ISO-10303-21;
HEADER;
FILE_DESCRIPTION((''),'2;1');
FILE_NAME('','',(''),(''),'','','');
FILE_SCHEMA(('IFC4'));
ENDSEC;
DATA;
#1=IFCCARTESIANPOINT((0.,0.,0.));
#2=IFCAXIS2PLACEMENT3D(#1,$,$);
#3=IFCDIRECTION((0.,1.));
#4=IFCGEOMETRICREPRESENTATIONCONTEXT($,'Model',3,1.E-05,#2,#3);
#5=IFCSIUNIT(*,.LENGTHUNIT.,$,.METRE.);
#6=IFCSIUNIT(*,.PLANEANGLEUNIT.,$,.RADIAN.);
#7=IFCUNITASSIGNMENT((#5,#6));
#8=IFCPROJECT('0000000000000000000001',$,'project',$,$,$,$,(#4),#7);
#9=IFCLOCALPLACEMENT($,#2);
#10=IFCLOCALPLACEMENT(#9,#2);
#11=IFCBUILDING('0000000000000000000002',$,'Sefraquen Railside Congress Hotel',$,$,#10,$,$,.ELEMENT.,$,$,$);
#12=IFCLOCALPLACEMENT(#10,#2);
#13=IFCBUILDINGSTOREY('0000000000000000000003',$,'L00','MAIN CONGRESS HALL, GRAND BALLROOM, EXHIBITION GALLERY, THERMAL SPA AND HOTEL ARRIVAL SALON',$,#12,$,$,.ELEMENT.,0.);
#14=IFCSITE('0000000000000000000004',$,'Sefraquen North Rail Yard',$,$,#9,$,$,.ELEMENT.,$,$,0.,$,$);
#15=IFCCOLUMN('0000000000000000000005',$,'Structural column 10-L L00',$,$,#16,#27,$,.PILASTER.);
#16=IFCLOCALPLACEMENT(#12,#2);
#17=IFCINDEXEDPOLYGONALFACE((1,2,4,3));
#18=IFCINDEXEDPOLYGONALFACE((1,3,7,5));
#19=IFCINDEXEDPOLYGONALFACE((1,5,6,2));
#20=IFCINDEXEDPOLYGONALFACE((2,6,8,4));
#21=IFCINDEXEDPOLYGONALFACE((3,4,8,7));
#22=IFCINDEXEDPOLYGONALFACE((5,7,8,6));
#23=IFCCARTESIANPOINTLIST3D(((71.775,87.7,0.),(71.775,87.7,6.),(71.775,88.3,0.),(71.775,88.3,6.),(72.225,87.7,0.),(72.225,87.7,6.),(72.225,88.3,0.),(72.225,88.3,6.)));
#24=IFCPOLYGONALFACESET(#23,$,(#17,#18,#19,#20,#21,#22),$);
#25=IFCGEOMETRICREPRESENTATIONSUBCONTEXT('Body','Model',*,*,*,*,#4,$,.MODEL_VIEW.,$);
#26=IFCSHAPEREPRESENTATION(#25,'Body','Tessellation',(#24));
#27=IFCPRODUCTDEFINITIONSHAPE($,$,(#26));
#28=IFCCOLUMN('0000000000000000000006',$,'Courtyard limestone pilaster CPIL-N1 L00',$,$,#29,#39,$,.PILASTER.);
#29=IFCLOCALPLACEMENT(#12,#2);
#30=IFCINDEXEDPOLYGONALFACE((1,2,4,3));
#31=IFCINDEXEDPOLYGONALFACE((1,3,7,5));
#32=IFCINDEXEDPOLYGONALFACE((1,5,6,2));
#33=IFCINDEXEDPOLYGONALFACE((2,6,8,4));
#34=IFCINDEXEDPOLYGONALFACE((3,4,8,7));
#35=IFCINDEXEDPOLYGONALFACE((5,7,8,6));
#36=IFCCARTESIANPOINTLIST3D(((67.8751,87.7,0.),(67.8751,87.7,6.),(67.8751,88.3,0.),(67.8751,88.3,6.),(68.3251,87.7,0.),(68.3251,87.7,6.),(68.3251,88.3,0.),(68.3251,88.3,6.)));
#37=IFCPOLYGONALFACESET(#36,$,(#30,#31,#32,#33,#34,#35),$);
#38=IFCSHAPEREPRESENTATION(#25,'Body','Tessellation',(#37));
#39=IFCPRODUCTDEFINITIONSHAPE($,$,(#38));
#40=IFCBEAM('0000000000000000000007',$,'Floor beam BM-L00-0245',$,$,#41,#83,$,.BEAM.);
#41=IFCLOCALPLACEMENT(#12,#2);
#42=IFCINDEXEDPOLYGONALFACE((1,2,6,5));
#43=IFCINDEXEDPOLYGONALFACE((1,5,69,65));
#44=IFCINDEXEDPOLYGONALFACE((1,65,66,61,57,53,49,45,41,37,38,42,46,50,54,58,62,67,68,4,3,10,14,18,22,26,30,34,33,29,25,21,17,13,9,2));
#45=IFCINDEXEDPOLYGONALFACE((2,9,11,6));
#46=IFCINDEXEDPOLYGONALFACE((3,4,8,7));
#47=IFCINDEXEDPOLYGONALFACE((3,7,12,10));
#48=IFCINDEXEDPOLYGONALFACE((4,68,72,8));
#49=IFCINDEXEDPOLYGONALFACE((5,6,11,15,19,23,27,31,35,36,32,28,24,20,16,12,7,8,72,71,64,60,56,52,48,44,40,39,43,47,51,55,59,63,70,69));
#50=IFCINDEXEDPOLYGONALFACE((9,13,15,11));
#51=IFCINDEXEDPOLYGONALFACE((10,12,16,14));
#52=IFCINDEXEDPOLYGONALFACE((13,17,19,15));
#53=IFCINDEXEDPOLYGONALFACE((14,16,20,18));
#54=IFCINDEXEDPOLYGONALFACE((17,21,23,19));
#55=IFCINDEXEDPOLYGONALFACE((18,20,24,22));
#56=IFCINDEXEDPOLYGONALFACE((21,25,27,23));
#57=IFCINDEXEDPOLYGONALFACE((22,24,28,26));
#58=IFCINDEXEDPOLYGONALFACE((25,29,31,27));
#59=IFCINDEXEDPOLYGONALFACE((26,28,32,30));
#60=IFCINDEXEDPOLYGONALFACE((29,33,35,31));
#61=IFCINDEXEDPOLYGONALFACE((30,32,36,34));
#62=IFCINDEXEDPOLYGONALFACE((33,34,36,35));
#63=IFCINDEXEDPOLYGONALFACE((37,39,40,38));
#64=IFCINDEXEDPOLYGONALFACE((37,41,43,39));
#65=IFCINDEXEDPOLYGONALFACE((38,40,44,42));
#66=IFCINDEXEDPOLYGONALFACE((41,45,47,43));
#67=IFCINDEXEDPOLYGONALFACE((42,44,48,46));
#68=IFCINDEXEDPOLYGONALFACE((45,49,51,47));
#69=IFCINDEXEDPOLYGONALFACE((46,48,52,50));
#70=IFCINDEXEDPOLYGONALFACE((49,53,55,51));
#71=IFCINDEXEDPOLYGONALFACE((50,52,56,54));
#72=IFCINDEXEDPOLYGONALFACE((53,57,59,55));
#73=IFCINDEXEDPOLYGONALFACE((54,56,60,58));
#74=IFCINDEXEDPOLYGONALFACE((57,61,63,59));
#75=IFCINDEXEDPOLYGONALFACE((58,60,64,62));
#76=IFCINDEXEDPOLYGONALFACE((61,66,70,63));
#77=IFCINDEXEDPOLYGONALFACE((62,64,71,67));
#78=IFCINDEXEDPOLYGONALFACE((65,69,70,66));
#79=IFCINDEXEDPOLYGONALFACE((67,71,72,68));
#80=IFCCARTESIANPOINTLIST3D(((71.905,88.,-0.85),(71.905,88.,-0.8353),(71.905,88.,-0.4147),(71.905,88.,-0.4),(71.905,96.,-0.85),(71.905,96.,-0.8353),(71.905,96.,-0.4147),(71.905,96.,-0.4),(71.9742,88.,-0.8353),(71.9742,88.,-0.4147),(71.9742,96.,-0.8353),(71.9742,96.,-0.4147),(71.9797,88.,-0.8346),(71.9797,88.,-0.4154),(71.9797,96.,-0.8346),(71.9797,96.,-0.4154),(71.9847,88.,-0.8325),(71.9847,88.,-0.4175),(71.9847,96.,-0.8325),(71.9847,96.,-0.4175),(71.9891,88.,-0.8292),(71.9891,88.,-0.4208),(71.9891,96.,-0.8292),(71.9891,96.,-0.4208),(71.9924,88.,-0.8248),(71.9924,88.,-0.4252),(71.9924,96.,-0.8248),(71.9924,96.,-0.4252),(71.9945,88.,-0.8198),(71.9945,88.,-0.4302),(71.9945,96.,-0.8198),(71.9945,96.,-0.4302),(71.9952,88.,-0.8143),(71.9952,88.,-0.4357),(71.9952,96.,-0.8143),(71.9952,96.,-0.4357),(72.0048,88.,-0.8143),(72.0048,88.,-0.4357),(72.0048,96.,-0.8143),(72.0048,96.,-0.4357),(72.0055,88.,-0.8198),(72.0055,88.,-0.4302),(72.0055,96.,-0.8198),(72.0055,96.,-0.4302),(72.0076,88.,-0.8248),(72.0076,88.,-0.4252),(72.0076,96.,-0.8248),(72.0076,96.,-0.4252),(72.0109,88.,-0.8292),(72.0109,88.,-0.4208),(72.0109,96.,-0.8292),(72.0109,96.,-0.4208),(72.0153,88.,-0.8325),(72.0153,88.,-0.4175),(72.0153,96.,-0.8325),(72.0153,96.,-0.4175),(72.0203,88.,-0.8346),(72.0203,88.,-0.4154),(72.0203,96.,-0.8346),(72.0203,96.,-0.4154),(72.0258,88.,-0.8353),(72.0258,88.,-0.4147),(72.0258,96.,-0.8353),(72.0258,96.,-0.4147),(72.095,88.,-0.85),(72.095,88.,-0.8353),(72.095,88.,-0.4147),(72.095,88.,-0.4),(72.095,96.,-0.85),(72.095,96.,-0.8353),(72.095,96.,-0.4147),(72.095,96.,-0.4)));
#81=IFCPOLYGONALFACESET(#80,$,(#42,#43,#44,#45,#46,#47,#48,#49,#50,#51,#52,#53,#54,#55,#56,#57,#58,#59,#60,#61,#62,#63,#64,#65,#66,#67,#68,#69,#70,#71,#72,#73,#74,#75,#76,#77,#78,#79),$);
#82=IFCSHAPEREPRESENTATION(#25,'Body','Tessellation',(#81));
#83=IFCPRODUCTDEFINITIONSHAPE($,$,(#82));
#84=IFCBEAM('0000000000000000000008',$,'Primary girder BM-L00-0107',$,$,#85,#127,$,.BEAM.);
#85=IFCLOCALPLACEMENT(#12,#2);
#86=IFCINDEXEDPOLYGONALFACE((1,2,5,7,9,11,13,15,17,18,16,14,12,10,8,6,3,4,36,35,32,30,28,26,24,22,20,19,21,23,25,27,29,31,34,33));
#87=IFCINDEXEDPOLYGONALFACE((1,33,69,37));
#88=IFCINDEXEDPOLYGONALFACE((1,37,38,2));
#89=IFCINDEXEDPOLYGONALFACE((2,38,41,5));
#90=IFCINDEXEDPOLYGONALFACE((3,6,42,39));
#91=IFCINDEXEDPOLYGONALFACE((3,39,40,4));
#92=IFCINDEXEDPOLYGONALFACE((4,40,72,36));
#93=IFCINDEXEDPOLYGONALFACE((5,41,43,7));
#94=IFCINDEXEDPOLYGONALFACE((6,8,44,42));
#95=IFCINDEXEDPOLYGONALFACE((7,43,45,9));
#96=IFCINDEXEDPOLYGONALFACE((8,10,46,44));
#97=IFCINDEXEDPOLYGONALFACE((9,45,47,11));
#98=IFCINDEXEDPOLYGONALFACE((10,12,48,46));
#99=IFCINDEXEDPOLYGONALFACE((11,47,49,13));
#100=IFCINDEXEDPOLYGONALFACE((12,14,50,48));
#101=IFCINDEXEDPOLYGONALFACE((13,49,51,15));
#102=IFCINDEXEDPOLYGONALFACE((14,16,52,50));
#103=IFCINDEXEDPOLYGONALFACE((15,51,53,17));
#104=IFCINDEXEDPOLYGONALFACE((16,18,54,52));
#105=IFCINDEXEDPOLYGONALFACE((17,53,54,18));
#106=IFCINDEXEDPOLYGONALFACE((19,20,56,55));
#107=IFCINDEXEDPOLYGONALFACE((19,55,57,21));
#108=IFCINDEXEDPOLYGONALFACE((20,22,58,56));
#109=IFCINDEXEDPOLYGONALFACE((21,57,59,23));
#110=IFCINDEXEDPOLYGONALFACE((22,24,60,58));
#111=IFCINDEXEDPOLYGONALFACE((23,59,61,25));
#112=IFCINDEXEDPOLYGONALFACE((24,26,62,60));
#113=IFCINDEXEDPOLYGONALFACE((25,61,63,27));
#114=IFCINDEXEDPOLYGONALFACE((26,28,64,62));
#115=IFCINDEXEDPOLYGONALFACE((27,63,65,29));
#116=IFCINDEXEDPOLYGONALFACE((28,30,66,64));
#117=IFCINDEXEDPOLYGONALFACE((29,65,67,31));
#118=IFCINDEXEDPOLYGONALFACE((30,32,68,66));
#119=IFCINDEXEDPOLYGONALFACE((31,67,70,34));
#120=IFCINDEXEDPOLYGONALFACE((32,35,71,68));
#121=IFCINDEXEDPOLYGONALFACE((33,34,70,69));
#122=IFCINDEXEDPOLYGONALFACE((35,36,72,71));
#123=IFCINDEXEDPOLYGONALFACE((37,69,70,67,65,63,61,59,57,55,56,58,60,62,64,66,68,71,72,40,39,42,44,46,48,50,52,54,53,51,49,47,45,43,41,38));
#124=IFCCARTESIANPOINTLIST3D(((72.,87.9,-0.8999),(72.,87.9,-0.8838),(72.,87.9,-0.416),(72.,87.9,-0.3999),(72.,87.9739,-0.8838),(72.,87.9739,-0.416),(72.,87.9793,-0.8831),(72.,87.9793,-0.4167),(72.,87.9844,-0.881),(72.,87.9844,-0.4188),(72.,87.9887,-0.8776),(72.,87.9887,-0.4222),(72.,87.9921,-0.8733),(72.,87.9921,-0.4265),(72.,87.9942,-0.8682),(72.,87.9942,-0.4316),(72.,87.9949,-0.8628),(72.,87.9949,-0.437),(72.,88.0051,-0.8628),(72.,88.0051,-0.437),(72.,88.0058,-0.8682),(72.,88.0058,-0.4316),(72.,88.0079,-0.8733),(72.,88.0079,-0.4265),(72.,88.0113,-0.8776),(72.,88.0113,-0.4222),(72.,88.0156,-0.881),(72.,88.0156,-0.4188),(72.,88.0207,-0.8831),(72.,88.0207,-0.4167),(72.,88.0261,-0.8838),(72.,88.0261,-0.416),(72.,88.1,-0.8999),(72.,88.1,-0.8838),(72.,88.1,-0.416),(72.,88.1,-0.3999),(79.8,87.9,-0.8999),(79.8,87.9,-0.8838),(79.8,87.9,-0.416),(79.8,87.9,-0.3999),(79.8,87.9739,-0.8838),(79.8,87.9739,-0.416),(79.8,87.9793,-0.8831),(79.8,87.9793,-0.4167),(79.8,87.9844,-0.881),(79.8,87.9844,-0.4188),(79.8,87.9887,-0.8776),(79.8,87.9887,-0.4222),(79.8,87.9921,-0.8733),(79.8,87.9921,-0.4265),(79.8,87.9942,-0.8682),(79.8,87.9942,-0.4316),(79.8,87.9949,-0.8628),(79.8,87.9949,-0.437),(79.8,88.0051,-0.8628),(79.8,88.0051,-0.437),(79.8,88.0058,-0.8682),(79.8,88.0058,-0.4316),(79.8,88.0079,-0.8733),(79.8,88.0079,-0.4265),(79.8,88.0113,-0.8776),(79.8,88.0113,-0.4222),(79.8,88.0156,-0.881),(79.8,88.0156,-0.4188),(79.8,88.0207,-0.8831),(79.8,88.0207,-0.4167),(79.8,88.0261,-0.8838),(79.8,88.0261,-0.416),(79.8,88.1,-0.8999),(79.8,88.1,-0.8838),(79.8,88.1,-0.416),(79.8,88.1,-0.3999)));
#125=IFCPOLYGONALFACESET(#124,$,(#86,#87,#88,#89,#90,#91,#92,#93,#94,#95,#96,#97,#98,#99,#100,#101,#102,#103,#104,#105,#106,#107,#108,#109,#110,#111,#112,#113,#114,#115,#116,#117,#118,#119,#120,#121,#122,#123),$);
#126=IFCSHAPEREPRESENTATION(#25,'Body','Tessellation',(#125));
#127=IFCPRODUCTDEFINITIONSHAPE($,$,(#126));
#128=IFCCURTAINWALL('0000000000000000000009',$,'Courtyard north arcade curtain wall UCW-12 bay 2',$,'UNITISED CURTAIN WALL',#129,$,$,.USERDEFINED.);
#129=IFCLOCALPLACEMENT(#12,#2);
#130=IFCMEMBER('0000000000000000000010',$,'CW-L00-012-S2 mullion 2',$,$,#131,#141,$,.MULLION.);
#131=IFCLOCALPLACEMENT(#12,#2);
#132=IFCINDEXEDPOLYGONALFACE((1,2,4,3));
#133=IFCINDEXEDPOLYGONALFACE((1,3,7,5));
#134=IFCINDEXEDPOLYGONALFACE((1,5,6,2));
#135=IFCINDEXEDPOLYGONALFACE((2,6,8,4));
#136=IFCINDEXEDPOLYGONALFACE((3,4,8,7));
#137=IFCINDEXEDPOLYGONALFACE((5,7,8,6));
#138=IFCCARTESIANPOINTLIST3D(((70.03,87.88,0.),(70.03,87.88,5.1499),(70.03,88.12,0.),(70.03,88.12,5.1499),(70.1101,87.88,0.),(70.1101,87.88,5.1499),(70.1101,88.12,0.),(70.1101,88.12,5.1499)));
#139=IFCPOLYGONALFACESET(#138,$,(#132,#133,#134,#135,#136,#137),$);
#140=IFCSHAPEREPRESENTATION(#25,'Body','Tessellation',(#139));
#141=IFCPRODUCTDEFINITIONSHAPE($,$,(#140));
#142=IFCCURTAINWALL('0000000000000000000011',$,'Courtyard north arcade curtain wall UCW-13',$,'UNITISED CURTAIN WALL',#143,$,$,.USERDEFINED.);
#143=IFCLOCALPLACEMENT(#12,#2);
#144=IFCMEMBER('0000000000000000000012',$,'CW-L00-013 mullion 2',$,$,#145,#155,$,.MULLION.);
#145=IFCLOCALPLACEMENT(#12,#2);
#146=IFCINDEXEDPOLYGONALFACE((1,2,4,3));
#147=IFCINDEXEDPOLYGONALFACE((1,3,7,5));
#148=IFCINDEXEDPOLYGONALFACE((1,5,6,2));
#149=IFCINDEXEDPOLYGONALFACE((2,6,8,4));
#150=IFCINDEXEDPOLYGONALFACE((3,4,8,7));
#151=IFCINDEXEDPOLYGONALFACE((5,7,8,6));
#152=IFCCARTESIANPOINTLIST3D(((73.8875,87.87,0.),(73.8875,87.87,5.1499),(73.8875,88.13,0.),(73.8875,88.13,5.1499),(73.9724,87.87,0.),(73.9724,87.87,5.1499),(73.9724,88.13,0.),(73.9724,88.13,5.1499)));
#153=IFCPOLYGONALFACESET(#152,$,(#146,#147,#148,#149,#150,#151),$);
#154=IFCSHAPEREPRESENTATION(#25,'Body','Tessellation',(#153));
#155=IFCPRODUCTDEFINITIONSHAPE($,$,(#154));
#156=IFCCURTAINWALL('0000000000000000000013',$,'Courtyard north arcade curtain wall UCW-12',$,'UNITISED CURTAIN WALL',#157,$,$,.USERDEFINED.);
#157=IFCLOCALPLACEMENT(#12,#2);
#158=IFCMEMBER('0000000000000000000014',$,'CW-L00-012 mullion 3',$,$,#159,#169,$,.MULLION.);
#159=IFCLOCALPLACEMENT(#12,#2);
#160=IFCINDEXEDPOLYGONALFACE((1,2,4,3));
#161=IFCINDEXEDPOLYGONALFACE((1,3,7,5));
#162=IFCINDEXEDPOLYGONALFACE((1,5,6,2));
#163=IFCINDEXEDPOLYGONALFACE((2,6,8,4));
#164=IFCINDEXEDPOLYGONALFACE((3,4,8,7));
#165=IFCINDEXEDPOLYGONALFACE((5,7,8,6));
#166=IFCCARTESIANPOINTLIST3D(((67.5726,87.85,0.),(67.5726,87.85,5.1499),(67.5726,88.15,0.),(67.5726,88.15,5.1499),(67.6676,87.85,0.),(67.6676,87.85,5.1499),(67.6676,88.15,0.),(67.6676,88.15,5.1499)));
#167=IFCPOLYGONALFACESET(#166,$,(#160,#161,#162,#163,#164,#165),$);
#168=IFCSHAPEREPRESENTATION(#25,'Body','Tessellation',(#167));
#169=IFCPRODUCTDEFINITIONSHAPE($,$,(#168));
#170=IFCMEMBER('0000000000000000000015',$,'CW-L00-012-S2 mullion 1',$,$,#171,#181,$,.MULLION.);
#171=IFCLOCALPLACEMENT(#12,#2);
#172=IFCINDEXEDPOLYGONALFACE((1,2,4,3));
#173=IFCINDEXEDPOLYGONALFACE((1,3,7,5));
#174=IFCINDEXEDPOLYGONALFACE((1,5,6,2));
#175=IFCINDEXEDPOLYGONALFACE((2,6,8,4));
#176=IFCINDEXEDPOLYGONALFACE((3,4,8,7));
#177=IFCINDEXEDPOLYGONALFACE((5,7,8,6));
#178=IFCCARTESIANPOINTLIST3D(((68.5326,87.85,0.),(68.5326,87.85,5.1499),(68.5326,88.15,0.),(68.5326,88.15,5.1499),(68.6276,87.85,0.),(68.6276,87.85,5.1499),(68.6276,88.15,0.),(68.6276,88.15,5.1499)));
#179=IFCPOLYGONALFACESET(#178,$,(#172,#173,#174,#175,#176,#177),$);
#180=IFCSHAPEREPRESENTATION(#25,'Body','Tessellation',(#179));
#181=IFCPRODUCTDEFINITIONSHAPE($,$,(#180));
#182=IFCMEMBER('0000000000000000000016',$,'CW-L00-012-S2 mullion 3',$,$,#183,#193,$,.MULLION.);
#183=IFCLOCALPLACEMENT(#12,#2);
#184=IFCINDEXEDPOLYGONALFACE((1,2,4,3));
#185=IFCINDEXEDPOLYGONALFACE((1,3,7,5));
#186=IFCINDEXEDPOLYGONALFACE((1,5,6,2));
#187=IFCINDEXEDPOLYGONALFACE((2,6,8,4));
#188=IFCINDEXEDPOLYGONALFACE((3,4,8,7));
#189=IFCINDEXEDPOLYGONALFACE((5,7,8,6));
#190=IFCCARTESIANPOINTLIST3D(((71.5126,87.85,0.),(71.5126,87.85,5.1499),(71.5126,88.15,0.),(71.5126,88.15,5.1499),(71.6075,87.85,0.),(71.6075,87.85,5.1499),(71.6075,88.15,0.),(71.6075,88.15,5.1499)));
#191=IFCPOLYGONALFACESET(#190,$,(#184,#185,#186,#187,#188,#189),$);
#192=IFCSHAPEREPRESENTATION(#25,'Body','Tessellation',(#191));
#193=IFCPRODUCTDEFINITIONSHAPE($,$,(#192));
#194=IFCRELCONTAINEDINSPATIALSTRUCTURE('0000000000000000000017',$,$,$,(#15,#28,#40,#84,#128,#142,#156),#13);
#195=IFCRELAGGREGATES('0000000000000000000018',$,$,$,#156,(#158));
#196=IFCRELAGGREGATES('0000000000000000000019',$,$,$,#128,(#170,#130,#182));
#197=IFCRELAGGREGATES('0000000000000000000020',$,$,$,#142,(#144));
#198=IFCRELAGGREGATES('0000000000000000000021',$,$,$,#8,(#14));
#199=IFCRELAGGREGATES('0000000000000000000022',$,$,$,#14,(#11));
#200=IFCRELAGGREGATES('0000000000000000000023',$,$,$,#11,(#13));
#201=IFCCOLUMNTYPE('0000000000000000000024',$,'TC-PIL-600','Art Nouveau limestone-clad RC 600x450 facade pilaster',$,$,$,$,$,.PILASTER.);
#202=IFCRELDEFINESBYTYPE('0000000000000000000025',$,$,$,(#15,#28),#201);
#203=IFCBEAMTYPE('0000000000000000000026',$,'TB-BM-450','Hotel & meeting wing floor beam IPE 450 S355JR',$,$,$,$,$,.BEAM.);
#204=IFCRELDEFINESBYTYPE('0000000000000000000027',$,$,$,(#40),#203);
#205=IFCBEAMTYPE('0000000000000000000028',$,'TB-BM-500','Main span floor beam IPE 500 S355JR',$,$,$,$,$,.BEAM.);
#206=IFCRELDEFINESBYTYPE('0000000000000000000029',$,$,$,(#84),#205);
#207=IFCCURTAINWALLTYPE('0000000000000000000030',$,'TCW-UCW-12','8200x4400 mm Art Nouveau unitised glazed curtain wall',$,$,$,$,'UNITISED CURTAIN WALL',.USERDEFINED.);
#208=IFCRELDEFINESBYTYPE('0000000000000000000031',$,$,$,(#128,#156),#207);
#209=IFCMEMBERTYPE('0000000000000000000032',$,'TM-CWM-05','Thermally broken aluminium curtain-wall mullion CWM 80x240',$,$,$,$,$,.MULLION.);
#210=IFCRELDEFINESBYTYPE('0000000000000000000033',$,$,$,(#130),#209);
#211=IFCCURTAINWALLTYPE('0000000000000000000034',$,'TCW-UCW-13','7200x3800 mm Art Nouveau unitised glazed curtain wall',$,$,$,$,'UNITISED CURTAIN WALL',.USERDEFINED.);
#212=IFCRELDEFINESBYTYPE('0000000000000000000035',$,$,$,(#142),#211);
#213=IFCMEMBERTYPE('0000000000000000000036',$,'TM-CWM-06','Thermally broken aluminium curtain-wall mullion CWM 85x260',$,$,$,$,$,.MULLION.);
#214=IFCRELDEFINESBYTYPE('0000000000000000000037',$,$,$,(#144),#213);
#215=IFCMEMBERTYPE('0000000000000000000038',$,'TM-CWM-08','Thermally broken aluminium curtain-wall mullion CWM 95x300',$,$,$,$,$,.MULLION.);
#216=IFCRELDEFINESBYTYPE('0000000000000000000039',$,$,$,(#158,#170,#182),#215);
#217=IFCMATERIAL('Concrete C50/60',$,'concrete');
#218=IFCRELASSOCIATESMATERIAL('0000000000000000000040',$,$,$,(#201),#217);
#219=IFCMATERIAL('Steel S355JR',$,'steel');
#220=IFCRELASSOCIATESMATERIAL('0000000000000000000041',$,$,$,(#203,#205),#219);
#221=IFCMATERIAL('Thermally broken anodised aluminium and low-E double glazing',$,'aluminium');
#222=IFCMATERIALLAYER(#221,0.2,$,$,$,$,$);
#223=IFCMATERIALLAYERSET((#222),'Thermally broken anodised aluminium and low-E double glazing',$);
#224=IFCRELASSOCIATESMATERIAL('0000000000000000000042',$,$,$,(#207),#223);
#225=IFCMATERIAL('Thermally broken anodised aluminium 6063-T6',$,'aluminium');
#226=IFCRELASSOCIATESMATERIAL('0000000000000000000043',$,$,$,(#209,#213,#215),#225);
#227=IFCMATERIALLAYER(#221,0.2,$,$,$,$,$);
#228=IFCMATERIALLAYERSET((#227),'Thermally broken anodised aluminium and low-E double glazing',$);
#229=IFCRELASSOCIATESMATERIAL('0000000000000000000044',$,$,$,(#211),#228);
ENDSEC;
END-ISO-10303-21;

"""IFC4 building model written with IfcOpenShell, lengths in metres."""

from ifc_helpers import new_model, si_unit, direction, frame, origin, origin_2d, place, context, subcontext, project, spatial, rectangle, i_section, extrude, material, layer, layer_set, material_profile, profile_set, type_object, element, aggregate, save


model = new_model("IFC4")

# Units and contexts
model_context = context("Model", 3, precision=1e-05, world=origin(), true_north=direction((0.0, 1.0)))
body_context = subcontext(model_context, "Body", "Model", "MODEL_VIEW")
ifc_project = project(units=[si_unit("LENGTHUNIT", "METRE"), si_unit("PLANEANGLEUNIT", "RADIAN")], contexts=[model_context])

# Site, building, storey
site_placement = place(None, origin())
site = spatial("IfcSite", under=ifc_project, at=site_placement, Name="Sefraquen North Rail Yard", CompositionType="ELEMENT", RefElevation=0.0)
building_placement = place(site_placement, origin())
building = spatial("IfcBuilding", under=site, at=building_placement, Name="Sefraquen Railside Congress Hotel", CompositionType="ELEMENT")
storey_placement = place(building_placement, origin())
storey = spatial("IfcBuildingStorey", under=building, at=storey_placement, Name="L00", Description="MAIN CONGRESS HALL, GRAND BALLROOM, EXHIBITION GALLERY, THERMAL SPA AND HOTEL ARRIVAL SALON", CompositionType="ELEMENT", Elevation=0.0)

# Columns
ifc_material_1 = material(Name="Concrete C50/60", Category="concrete")
ifc_material_profile_1 = material_profile(ifc_material_1, rectangle(XDim=0.45, YDim=0.6001, at=origin_2d()), Name="RC 600x450")
ifc_profile_set_1 = profile_set([ifc_material_profile_1], Name="Concrete C50/60")
column_type = type_object("IfcColumnType", Name="TC-PIL-600", Description="Art Nouveau limestone-clad RC 600x450 facade pilaster", PredefinedType="PILASTER", material=ifc_profile_set_1)
for number, where, z_axis, x_axis, name in (
    (1, (72.0, 88.0, 0.0), (0.0, 0.0, 1.0), (1.0, 0.0, 0.0), "Structural column 10-L L00"),
    (2, (68.1001, 88.0, 0.0), (0.0, 0.0, 1.0), (1.0, 0.0, 0.0), "Courtyard limestone pilaster CPIL-N1 L00"),
):
    element("IfcColumn", number, at=place(storey_placement, frame(where, z_axis=z_axis, x_axis=x_axis)), inside=storey, type_object=column_type, Name=name, PredefinedType="PILASTER", context=body_context, shape_type="SweptSolid", body=[
        extrude(rectangle(XDim=0.45, YDim=0.6001, at=origin_2d()), origin(), (0.0, 0.0, 1.0), 6.0),
    ])

# Beams
ifc_material_2 = material(Name="Steel S355JR", Category="steel")
ifc_material_profile_2 = material_profile(ifc_material_2, i_section(OverallWidth=0.1899, OverallDepth=0.45, WebThickness=0.0095, FlangeThickness=0.0146, FilletRadius=0.021, at=origin_2d()), Name="IPE 450")
ifc_profile_set_2 = profile_set([ifc_material_profile_2], Name="Steel S355JR")
beam_type_1 = type_object("IfcBeamType", Name="TB-BM-450", Description="Hotel & meeting wing floor beam IPE 450 S355JR", PredefinedType="BEAM", material=ifc_profile_set_2)
beam_1_placement = place(storey_placement, frame((72.0, 88.0, -0.625), z_axis=(0.0, 1.0, 0.0), x_axis=(-1.0, 0.0, 0.0)))
element("IfcBeam", 3, at=beam_1_placement, inside=storey, type_object=beam_type_1, Name="Floor beam BM-L00-0245", PredefinedType="BEAM", context=body_context, shape_type="SweptSolid", body=[
    extrude(i_section(OverallWidth=0.1899, OverallDepth=0.45, WebThickness=0.0095, FlangeThickness=0.0146, FilletRadius=0.021, at=origin_2d()), origin(), (0.0, 0.0, 1.0), 8.0),
])
ifc_material_profile_3 = material_profile(ifc_material_2, i_section(OverallWidth=0.2, OverallDepth=0.5, WebThickness=0.0103, FlangeThickness=0.0161, FilletRadius=0.021, at=origin_2d()), Name="IPE 500")
ifc_profile_set_3 = profile_set([ifc_material_profile_3], Name="Steel S355JR")
beam_type_2 = type_object("IfcBeamType", Name="TB-BM-500", Description="Main span floor beam IPE 500 S355JR", PredefinedType="BEAM", material=ifc_profile_set_3)
beam_2_placement = place(storey_placement, frame((72.0, 88.0, -0.6499), z_axis=(1.0, 0.0, 0.0), x_axis=(0.0, 1.0, 0.0)))
element("IfcBeam", 4, at=beam_2_placement, inside=storey, type_object=beam_type_2, Name="Primary girder BM-L00-0107", PredefinedType="BEAM", context=body_context, shape_type="SweptSolid", body=[
    extrude(i_section(OverallWidth=0.2, OverallDepth=0.5, WebThickness=0.0103, FlangeThickness=0.0161, FilletRadius=0.021, at=origin_2d()), origin(), (0.0, 0.0, 1.0), 7.8),
])

# Curtain walls, members
ifc_material_3 = material(Name="Thermally broken anodised aluminium and low-E double glazing", Category="aluminium")
ifc_layer_1 = layer(ifc_material_3, 0.2)
ifc_layer_set_1 = layer_set([ifc_layer_1], Name="Thermally broken anodised aluminium and low-E double glazing")
curtain_wall_type_1 = type_object("IfcCurtainWallType", Name="TCW-UCW-12", Description="8200x4400 mm Art Nouveau unitised glazed curtain wall", ElementType="UNITISED CURTAIN WALL", PredefinedType="USERDEFINED", material=ifc_layer_set_1)
curtain_wall_1_placement = place(storey_placement, origin())
curtain_wall_1 = element("IfcCurtainWall", 5, at=curtain_wall_1_placement, inside=storey, type_object=curtain_wall_type_1, Name="Courtyard north arcade curtain wall UCW-12 bay 2", ObjectType="UNITISED CURTAIN WALL", PredefinedType="USERDEFINED")
ifc_material_4 = material(Name="Thermally broken anodised aluminium 6063-T6", Category="aluminium")
ifc_material_profile_4 = material_profile(ifc_material_4, rectangle(XDim=0.0801, YDim=0.24, at=origin_2d()), Name="CWM 80x240")
ifc_profile_set_4 = profile_set([ifc_material_profile_4], Name="Thermally broken anodised aluminium 6063-T6")
member_type_1 = type_object("IfcMemberType", Name="TM-CWM-05", Description="Thermally broken aluminium curtain-wall mullion CWM 80x240", PredefinedType="MULLION", material=ifc_profile_set_4)
member_1_placement = place(storey_placement, frame((70.0701, 88.0, 0.0), z_axis=(0.0, 0.0, 1.0), x_axis=(1.0, 0.0, 0.0)))
member_1 = element("IfcMember", 6, at=member_1_placement, type_object=member_type_1, Name="CW-L00-012-S2 mullion 2", PredefinedType="MULLION", context=body_context, shape_type="SweptSolid", body=[
    extrude(rectangle(XDim=0.0801, YDim=0.24, at=origin_2d()), origin(), (0.0, 0.0, 1.0), 5.1499),
])
ifc_layer_2 = layer(ifc_material_3, 0.2)
ifc_layer_set_2 = layer_set([ifc_layer_2], Name="Thermally broken anodised aluminium and low-E double glazing")
curtain_wall_type_2 = type_object("IfcCurtainWallType", Name="TCW-UCW-13", Description="7200x3800 mm Art Nouveau unitised glazed curtain wall", ElementType="UNITISED CURTAIN WALL", PredefinedType="USERDEFINED", material=ifc_layer_set_2)
curtain_wall_2_placement = place(storey_placement, origin())
curtain_wall_2 = element("IfcCurtainWall", 7, at=curtain_wall_2_placement, inside=storey, type_object=curtain_wall_type_2, Name="Courtyard north arcade curtain wall UCW-13", ObjectType="UNITISED CURTAIN WALL", PredefinedType="USERDEFINED")
ifc_material_profile_5 = material_profile(ifc_material_4, rectangle(XDim=0.085, YDim=0.26, at=origin_2d()), Name="CWM 85x260")
ifc_profile_set_5 = profile_set([ifc_material_profile_5], Name="Thermally broken anodised aluminium 6063-T6")
member_type_2 = type_object("IfcMemberType", Name="TM-CWM-06", Description="Thermally broken aluminium curtain-wall mullion CWM 85x260", PredefinedType="MULLION", material=ifc_profile_set_5)
member_2_placement = place(storey_placement, frame((73.9299, 88.0, 0.0), z_axis=(0.0, 0.0, 1.0), x_axis=(1.0, 0.0, 0.0)))
member_2 = element("IfcMember", 8, at=member_2_placement, type_object=member_type_2, Name="CW-L00-013 mullion 2", PredefinedType="MULLION", context=body_context, shape_type="SweptSolid", body=[
    extrude(rectangle(XDim=0.085, YDim=0.26, at=origin_2d()), origin(), (0.0, 0.0, 1.0), 5.1499),
])
curtain_wall_3_placement = place(storey_placement, origin())
curtain_wall_3 = element("IfcCurtainWall", 9, at=curtain_wall_3_placement, inside=storey, type_object=curtain_wall_type_1, Name="Courtyard north arcade curtain wall UCW-12", ObjectType="UNITISED CURTAIN WALL", PredefinedType="USERDEFINED")
ifc_material_profile_6 = material_profile(ifc_material_4, rectangle(XDim=0.095, YDim=0.3, at=origin_2d()), Name="CWM 95x300")
ifc_profile_set_6 = profile_set([ifc_material_profile_6], Name="Thermally broken anodised aluminium 6063-T6")
member_type_3 = type_object("IfcMemberType", Name="TM-CWM-08", Description="Thermally broken aluminium curtain-wall mullion CWM 95x300", PredefinedType="MULLION", material=ifc_profile_set_6)
member_3_placement = place(storey_placement, frame((67.6201, 88.0, 0.0), z_axis=(0.0, 0.0, 1.0), x_axis=(1.0, 0.0, 0.0)))
member_3 = element("IfcMember", 10, at=member_3_placement, type_object=member_type_3, Name="CW-L00-012 mullion 3", PredefinedType="MULLION", context=body_context, shape_type="SweptSolid", body=[
    extrude(rectangle(XDim=0.095, YDim=0.3, at=origin_2d()), origin(), (0.0, 0.0, 1.0), 5.1499),
])
aggregate(curtain_wall_3, [member_3])

# Members
member_4_placement = place(storey_placement, frame((68.5801, 88.0, 0.0), z_axis=(0.0, 0.0, 1.0), x_axis=(1.0, 0.0, 0.0)))
member_4 = element("IfcMember", 11, at=member_4_placement, type_object=member_type_3, Name="CW-L00-012-S2 mullion 1", PredefinedType="MULLION", context=body_context, shape_type="SweptSolid", body=[
    extrude(rectangle(XDim=0.095, YDim=0.3, at=origin_2d()), origin(), (0.0, 0.0, 1.0), 5.1499),
])
member_5_placement = place(storey_placement, frame((71.5601, 88.0, 0.0), z_axis=(0.0, 0.0, 1.0), x_axis=(1.0, 0.0, 0.0)))
member_5 = element("IfcMember", 12, at=member_5_placement, type_object=member_type_3, Name="CW-L00-012-S2 mullion 3", PredefinedType="MULLION", context=body_context, shape_type="SweptSolid", body=[
    extrude(rectangle(XDim=0.095, YDim=0.3, at=origin_2d()), origin(), (0.0, 0.0, 1.0), 5.1499),
])

aggregate(curtain_wall_1, [member_4, member_1, member_5])
aggregate(curtain_wall_2, [member_2])

save(model, "model.ifc")
